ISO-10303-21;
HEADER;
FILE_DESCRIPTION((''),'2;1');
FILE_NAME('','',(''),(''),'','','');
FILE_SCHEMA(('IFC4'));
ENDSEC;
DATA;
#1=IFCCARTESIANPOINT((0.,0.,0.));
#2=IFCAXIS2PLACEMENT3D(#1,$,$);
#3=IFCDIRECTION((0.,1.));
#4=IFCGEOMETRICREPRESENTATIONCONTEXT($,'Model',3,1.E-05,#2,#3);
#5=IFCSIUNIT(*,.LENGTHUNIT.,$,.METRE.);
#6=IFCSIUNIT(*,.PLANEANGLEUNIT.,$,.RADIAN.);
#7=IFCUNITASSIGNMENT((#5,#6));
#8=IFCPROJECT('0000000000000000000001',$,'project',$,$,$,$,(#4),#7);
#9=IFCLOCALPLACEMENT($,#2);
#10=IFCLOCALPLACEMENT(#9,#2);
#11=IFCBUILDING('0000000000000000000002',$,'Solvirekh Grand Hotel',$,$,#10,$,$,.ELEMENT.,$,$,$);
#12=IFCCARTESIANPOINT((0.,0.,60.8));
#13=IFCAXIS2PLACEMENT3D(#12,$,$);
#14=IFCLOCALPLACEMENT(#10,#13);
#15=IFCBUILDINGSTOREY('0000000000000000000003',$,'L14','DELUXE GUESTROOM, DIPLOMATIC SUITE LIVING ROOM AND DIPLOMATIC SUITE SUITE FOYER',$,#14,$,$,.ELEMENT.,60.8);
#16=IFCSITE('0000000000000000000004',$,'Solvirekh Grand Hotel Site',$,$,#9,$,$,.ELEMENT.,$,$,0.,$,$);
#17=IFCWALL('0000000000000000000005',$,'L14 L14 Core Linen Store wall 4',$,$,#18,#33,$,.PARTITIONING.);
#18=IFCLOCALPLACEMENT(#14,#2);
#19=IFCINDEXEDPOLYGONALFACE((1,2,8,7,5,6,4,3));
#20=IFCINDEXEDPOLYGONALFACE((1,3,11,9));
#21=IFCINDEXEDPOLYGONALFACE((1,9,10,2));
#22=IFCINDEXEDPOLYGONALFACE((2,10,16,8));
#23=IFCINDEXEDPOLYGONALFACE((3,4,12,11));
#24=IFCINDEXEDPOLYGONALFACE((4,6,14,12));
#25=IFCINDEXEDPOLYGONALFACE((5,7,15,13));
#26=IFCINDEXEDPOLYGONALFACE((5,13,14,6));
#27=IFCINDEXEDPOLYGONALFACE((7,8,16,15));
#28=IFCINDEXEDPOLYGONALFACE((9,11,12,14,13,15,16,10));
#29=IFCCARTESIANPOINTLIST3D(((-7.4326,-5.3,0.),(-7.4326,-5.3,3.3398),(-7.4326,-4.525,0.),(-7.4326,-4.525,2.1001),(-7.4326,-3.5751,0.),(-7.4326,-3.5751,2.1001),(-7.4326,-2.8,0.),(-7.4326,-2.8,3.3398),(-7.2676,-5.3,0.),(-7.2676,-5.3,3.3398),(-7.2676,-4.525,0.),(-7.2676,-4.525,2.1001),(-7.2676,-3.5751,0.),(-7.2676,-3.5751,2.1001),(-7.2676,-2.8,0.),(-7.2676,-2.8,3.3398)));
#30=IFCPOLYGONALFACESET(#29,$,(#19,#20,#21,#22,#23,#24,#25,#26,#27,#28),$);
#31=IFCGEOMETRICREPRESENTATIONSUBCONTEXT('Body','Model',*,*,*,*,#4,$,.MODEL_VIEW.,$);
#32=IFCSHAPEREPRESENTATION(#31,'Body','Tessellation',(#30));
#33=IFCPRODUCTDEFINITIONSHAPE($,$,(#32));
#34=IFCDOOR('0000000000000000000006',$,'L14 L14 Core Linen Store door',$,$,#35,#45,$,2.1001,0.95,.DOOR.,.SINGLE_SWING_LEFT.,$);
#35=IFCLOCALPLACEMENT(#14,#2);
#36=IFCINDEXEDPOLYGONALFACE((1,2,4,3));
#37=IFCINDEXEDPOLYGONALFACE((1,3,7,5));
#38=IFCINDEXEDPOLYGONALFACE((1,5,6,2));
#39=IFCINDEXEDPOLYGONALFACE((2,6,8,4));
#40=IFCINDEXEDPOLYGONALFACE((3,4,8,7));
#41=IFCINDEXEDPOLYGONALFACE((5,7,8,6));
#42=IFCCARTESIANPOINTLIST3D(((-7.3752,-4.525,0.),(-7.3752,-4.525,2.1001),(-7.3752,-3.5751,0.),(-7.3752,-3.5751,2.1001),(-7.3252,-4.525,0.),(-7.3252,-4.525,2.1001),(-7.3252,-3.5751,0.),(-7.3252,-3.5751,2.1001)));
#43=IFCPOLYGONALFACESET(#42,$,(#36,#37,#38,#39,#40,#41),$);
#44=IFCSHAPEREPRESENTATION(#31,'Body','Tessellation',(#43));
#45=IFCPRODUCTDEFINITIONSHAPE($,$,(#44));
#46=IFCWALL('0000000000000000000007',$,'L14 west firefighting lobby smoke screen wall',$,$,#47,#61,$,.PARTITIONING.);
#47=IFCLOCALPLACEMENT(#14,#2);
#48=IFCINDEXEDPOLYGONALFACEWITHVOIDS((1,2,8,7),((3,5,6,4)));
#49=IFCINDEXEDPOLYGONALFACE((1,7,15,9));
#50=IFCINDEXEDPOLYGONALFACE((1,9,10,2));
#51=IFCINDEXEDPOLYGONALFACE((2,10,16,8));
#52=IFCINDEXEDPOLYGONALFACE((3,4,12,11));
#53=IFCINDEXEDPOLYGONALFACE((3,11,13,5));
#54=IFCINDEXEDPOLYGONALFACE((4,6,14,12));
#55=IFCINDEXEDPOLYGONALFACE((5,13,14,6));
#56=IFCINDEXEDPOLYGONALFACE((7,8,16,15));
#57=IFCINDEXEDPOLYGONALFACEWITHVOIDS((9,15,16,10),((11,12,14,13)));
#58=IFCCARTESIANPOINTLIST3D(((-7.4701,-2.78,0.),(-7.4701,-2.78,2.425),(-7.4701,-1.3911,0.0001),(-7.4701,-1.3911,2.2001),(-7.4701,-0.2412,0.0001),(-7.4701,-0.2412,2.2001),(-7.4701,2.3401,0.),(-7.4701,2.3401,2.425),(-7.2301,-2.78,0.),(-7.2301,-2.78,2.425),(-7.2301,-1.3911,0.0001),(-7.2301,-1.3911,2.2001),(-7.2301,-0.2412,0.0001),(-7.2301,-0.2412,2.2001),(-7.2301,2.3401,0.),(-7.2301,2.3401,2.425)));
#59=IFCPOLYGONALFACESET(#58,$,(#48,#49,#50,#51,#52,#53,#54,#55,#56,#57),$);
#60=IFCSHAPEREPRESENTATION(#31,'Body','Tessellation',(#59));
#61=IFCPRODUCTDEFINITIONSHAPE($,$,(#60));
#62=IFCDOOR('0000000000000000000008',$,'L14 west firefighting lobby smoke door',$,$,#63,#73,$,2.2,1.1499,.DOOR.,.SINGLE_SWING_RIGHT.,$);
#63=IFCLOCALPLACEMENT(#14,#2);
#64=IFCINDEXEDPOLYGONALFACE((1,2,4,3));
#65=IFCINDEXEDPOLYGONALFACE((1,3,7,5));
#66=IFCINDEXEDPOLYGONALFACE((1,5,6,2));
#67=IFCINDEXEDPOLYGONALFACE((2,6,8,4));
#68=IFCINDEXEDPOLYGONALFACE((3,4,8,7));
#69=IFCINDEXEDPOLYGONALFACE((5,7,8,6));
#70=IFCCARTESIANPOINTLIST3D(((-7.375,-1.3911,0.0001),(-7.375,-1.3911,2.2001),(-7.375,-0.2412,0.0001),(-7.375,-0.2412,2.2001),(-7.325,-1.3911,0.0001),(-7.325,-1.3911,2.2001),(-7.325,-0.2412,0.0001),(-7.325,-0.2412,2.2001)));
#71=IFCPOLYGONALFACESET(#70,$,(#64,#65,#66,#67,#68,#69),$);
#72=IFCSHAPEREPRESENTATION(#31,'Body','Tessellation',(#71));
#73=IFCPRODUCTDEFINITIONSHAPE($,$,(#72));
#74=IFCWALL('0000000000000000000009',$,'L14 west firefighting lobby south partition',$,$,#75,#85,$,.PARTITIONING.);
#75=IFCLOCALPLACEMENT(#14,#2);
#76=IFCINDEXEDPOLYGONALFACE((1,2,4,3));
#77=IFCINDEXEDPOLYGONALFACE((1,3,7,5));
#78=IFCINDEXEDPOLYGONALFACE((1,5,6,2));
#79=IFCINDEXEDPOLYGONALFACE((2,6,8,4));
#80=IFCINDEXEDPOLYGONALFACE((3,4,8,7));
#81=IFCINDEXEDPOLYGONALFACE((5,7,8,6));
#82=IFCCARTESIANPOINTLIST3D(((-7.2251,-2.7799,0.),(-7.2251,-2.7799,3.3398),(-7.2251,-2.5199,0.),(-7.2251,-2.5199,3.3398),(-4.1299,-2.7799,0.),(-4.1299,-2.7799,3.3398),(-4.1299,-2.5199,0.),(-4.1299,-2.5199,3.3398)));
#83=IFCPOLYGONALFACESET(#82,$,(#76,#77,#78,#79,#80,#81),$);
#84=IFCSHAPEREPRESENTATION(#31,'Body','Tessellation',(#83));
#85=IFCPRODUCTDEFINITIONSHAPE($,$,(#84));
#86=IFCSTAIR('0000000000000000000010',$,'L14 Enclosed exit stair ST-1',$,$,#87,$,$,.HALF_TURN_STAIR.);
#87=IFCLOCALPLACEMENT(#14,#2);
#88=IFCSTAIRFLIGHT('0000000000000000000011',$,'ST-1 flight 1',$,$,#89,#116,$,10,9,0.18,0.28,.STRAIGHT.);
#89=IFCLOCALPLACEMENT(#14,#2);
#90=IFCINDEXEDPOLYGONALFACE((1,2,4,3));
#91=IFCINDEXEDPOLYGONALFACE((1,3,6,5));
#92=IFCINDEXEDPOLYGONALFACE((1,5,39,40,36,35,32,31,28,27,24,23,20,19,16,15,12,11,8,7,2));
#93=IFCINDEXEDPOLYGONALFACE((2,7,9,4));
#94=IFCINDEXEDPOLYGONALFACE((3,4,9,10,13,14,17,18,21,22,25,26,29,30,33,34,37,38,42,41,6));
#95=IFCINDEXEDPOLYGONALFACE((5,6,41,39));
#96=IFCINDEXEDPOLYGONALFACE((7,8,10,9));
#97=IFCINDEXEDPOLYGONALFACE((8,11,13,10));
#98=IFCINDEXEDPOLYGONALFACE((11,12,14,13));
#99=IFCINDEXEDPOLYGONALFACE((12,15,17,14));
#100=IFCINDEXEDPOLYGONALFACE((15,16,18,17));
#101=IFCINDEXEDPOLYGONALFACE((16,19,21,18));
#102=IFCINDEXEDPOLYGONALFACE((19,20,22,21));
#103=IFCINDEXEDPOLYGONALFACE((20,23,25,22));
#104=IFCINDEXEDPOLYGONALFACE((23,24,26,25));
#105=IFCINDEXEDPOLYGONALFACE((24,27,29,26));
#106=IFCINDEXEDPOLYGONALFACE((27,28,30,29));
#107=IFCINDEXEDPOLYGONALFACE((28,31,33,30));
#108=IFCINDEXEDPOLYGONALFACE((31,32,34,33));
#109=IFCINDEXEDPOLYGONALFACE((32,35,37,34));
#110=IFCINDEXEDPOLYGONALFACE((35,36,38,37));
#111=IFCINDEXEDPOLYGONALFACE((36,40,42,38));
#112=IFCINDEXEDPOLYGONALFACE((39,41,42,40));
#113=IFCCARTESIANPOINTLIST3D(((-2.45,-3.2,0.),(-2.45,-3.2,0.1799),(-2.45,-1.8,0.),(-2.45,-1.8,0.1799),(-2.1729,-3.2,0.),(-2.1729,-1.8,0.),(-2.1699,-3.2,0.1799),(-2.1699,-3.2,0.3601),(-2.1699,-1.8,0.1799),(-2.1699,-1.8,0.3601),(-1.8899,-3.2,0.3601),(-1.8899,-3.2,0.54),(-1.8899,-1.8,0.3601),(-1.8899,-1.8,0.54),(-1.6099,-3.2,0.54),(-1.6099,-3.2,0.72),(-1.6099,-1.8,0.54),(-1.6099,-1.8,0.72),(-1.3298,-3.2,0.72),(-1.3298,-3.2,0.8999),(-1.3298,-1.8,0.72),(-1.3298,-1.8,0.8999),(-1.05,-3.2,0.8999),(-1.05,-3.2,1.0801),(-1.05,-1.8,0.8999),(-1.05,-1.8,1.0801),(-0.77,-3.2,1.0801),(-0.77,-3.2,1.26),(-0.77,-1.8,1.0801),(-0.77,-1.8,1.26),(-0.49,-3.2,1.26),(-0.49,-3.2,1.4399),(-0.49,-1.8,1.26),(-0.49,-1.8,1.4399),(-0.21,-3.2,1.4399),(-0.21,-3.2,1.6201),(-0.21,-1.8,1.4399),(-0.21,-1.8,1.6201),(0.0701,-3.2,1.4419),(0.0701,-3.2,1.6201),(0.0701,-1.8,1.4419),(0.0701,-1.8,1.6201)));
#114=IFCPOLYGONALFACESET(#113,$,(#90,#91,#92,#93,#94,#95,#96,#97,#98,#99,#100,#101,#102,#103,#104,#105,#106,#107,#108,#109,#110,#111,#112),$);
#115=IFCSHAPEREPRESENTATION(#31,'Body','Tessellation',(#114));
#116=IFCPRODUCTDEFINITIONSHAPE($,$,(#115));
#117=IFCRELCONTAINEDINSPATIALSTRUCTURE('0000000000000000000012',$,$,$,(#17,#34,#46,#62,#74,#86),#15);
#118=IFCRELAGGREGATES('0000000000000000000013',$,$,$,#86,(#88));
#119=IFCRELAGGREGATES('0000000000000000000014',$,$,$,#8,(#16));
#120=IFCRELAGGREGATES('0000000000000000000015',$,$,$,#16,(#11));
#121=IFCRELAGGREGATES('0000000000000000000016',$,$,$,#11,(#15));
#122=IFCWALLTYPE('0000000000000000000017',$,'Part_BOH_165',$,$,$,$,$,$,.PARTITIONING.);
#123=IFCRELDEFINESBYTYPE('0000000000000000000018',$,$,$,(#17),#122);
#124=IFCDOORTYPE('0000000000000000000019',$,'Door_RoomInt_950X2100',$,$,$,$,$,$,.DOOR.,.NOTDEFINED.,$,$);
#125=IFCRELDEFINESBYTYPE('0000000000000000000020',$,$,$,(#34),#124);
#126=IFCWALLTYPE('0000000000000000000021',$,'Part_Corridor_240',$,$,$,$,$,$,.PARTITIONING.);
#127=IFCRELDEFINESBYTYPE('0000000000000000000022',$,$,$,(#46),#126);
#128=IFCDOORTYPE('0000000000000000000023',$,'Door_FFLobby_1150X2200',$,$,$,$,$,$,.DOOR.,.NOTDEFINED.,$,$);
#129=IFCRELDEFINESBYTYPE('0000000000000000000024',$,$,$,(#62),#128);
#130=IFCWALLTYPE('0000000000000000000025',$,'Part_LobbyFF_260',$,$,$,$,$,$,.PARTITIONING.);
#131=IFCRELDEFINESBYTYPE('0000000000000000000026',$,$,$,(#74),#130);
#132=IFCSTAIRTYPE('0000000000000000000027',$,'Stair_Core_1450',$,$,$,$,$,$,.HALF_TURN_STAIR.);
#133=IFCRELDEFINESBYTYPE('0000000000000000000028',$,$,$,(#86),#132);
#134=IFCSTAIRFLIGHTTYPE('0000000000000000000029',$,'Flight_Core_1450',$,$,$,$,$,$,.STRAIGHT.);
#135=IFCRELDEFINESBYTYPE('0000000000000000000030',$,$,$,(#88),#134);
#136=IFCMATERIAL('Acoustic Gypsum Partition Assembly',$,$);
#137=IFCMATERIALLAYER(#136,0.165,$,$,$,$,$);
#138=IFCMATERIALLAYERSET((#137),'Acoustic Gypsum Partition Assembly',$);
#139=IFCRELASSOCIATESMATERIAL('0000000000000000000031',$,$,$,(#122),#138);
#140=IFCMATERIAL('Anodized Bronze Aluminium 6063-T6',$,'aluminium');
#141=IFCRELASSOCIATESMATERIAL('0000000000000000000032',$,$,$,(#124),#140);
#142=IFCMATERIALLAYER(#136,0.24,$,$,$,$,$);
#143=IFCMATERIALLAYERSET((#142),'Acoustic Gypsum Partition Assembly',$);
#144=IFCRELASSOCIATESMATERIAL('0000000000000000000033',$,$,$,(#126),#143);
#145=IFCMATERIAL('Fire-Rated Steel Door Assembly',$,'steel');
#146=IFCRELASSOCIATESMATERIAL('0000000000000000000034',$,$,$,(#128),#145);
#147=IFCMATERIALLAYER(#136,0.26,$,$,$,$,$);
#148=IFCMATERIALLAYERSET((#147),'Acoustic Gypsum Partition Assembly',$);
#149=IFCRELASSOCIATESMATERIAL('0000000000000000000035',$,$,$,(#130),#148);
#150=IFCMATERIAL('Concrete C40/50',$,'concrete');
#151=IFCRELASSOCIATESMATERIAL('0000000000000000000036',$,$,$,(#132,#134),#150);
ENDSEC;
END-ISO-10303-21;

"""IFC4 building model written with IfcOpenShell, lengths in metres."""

from ifc_helpers import new_model, si_unit, direction, frame, frame_2d, origin, place, context, subcontext, project, spatial, polyline, rectangle, outline, extrude, material, layer, layer_set, type_object, element, fill, aggregate, save


model = new_model("IFC4")

# Units and contexts
model_context = context("Model", 3, precision=1e-05, world=origin(), true_north=direction((0.0, 1.0)))
body_context = subcontext(model_context, "Body", "Model", "MODEL_VIEW")
ifc_project = project(units=[si_unit("LENGTHUNIT", "METRE"), si_unit("PLANEANGLEUNIT", "RADIAN")], contexts=[model_context])

# Site, building, storey
site_placement = place(None, origin())
site = spatial("IfcSite", under=ifc_project, at=site_placement, Name="Solvirekh Grand Hotel Site", CompositionType="ELEMENT", RefElevation=0.0)
building_placement = place(site_placement, origin())
building = spatial("IfcBuilding", under=site, at=building_placement, Name="Solvirekh Grand Hotel", CompositionType="ELEMENT")
storey_placement = place(building_placement, frame((0.0, 0.0, 60.8)))
storey = spatial("IfcBuildingStorey", under=building, at=storey_placement, Name="L14", Description="DELUXE GUESTROOM, DIPLOMATIC SUITE LIVING ROOM AND DIPLOMATIC SUITE SUITE FOYER", CompositionType="ELEMENT", Elevation=60.8)

# Shared definitions
ifc_material_1 = material(Name="Concrete C40/50", Category="concrete")

# Shared definitions
ifc_material_2 = material(Name="Fire-Rated Steel Door Assembly", Category="steel")

# Shared definitions
ifc_material_3 = material(Name="Acoustic Gypsum Partition Assembly")
ifc_layer_1 = layer(ifc_material_3, 0.165)
ifc_layer_set_1 = layer_set([ifc_layer_1], Name="Acoustic Gypsum Partition Assembly")
wall_type_1 = type_object("IfcWallType", Name="Part_BOH_165", PredefinedType="PARTITIONING", material=ifc_layer_set_1)

# Walls, openings, doors
wall_1_placement = place(storey_placement, frame((-7.3501, -2.8, 0.0), z_axis=(0.0, 0.0, 1.0), x_axis=(0.0, -1.0, 0.0)))
wall_1 = element("IfcWall", 1, at=wall_1_placement, inside=storey, type_object=wall_type_1, Name="L14 L14 Core Linen Store wall 4", PredefinedType="PARTITIONING", context=body_context, shape_type="SweptSolid", body=[
    extrude(rectangle(XDim=2.5, YDim=0.165, at=frame_2d((1.25, 0.0))), origin(), (0.0, 0.0, 1.0), 3.3398),
])
opening_1_placement = place(wall_1_placement, frame((0.7749, 0.0, 0.0)))
opening_1 = element("IfcOpeningElement", 2, at=opening_1_placement, cuts=wall_1, PredefinedType="OPENING", context=body_context, shape_type="SweptSolid", body=[
    extrude(rectangle(XDim=0.95, YDim=2.1001, at=frame_2d((0.4751, 1.05))), frame((0.0, 0.0925, 0.0), z_axis=(0.0, -1.0, 0.0), x_axis=(1.0, 0.0, 0.0)), (0.0, 0.0, 1.0), 0.1851),
])
ifc_material_4 = material(Name="Anodized Bronze Aluminium 6063-T6", Category="aluminium")
door_type_1 = type_object("IfcDoorType", Name="Door_RoomInt_950X2100", OperationType="NOTDEFINED", PredefinedType="DOOR", material=ifc_material_4)
door_1_placement = place(opening_1_placement, origin())
door_1 = element("IfcDoor", 3, at=door_1_placement, inside=storey, type_object=door_type_1, Name="L14 L14 Core Linen Store door", OperationType="SINGLE_SWING_LEFT", OverallHeight=2.1001, OverallWidth=0.95, PredefinedType="DOOR", context=body_context, shape_type="SweptSolid", body=[
    extrude(rectangle(XDim=0.95, YDim=2.1001, at=frame_2d((0.4751, 1.05))), frame((0.0, 0.0249, 0.0), z_axis=(0.0, -1.0, 0.0), x_axis=(1.0, 0.0, 0.0)), (0.0, 0.0, 1.0), 0.05),
])
fill(opening_1, door_1)
ifc_layer_2 = layer(ifc_material_3, 0.24)
ifc_layer_set_2 = layer_set([ifc_layer_2], Name="Acoustic Gypsum Partition Assembly")
wall_type_2 = type_object("IfcWallType", Name="Part_Corridor_240", PredefinedType="PARTITIONING", material=ifc_layer_set_2)
wall_2_placement = place(storey_placement, frame((-7.3501, -2.78, 0.0), z_axis=(0.0, 0.0, 1.0), x_axis=(0.0, 1.0, 0.0)))
wall_2 = element("IfcWall", 4, at=wall_2_placement, inside=storey, type_object=wall_type_2, Name="L14 west firefighting lobby smoke screen wall", PredefinedType="PARTITIONING", context=body_context, shape_type="SweptSolid", body=[
    extrude(rectangle(XDim=5.1201, YDim=0.24, at=frame_2d((2.5601, 0.0))), origin(), (0.0, 0.0, 1.0), 2.425),
])
opening_2_placement = place(wall_2_placement, frame((1.3889, 0.0, 0.0)))
opening_2 = element("IfcOpeningElement", 5, at=opening_2_placement, cuts=wall_2, PredefinedType="OPENING", context=body_context, shape_type="SweptSolid", body=[
    extrude(rectangle(XDim=1.1499, YDim=2.2, at=frame_2d((0.575, 1.1001))), frame((0.0, 0.1299, 0.0), z_axis=(0.0, -1.0, 0.0), x_axis=(1.0, 0.0, 0.0)), (0.0, 0.0, 1.0), 0.26),
])
door_type_2 = type_object("IfcDoorType", Name="Door_FFLobby_1150X2200", OperationType="NOTDEFINED", PredefinedType="DOOR", material=ifc_material_2)
door_2_placement = place(opening_2_placement, origin())
door_2 = element("IfcDoor", 6, at=door_2_placement, inside=storey, type_object=door_type_2, Name="L14 west firefighting lobby smoke door", OperationType="SINGLE_SWING_RIGHT", OverallHeight=2.2, OverallWidth=1.1499, PredefinedType="DOOR", context=body_context, shape_type="SweptSolid", body=[
    extrude(rectangle(XDim=1.1499, YDim=2.2, at=frame_2d((0.575, 1.1001))), frame((0.0, 0.0249, 0.0), z_axis=(0.0, -1.0, 0.0), x_axis=(1.0, 0.0, 0.0)), (0.0, 0.0, 1.0), 0.05),
])
fill(opening_2, door_2)

# Wall
ifc_layer_3 = layer(ifc_material_3, 0.26)
ifc_layer_set_3 = layer_set([ifc_layer_3], Name="Acoustic Gypsum Partition Assembly")
wall_type_3 = type_object("IfcWallType", Name="Part_LobbyFF_260", PredefinedType="PARTITIONING", material=ifc_layer_set_3)
wall_3_placement = place(storey_placement, frame((-7.2251, -2.6499, 0.0), z_axis=(0.0, 0.0, 1.0), x_axis=(1.0, 0.0, 0.0)))
element("IfcWall", 7, at=wall_3_placement, inside=storey, type_object=wall_type_3, Name="L14 west firefighting lobby south partition", PredefinedType="PARTITIONING", context=body_context, shape_type="SweptSolid", body=[
    extrude(rectangle(XDim=3.0952, YDim=0.26, at=frame_2d((1.5476, 0.0))), origin(), (0.0, 0.0, 1.0), 3.3398),
])

# Stair, stair flight
stair_type = type_object("IfcStairType", Name="Stair_Core_1450", PredefinedType="HALF_TURN_STAIR", material=ifc_material_1)
stair_placement = place(storey_placement, origin())
stair = element("IfcStair", 8, at=stair_placement, inside=storey, type_object=stair_type, Name="L14 Enclosed exit stair ST-1", PredefinedType="HALF_TURN_STAIR")
stair_flight_type = type_object("IfcStairFlightType", Name="Flight_Core_1450", PredefinedType="STRAIGHT", material=ifc_material_1)
stair_flight_placement = place(storey_placement, frame((-2.45, -2.5, 0.0), z_axis=(0.0, 0.0, 1.0), x_axis=(1.0, 0.0, 0.0)))
stair_flight = element("IfcStairFlight", 9, at=stair_flight_placement, type_object=stair_flight_type, Name="ST-1 flight 1", NumberOfRisers=10, NumberOfTreads=9, PredefinedType="STRAIGHT", RiserHeight=0.18, TreadLength=0.28, context=body_context, shape_type="SweptSolid", body=[
    extrude(outline(polyline([(0.0, 0.0), (0.0, 0.1799), (0.28, 0.1799), (0.28, 0.3601), (0.5601, 0.3601), (0.5601, 0.54), (0.8401, 0.54), (0.8401, 0.72), (1.1201, 0.72), (1.1201, 0.8999), (1.3999, 0.8999), (1.3999, 1.0801), (1.6799, 1.0801), (1.6799, 1.26), (1.96, 1.26), (1.96, 1.4399), (2.24, 1.4399), (2.24, 1.6201), (2.52, 1.6201), (2.52, 1.8), (2.52, 1.4419), (0.2771, 0.0), (0.0, 0.0)])), frame((0.0, 0.7, 0.0), z_axis=(0.0, -1.0, 0.0), x_axis=(1.0, 0.0, 0.0)), (0.0, 0.0, 1.0), 1.3999),
])
aggregate(stair, [stair_flight])

save(model, "model.ifc")
